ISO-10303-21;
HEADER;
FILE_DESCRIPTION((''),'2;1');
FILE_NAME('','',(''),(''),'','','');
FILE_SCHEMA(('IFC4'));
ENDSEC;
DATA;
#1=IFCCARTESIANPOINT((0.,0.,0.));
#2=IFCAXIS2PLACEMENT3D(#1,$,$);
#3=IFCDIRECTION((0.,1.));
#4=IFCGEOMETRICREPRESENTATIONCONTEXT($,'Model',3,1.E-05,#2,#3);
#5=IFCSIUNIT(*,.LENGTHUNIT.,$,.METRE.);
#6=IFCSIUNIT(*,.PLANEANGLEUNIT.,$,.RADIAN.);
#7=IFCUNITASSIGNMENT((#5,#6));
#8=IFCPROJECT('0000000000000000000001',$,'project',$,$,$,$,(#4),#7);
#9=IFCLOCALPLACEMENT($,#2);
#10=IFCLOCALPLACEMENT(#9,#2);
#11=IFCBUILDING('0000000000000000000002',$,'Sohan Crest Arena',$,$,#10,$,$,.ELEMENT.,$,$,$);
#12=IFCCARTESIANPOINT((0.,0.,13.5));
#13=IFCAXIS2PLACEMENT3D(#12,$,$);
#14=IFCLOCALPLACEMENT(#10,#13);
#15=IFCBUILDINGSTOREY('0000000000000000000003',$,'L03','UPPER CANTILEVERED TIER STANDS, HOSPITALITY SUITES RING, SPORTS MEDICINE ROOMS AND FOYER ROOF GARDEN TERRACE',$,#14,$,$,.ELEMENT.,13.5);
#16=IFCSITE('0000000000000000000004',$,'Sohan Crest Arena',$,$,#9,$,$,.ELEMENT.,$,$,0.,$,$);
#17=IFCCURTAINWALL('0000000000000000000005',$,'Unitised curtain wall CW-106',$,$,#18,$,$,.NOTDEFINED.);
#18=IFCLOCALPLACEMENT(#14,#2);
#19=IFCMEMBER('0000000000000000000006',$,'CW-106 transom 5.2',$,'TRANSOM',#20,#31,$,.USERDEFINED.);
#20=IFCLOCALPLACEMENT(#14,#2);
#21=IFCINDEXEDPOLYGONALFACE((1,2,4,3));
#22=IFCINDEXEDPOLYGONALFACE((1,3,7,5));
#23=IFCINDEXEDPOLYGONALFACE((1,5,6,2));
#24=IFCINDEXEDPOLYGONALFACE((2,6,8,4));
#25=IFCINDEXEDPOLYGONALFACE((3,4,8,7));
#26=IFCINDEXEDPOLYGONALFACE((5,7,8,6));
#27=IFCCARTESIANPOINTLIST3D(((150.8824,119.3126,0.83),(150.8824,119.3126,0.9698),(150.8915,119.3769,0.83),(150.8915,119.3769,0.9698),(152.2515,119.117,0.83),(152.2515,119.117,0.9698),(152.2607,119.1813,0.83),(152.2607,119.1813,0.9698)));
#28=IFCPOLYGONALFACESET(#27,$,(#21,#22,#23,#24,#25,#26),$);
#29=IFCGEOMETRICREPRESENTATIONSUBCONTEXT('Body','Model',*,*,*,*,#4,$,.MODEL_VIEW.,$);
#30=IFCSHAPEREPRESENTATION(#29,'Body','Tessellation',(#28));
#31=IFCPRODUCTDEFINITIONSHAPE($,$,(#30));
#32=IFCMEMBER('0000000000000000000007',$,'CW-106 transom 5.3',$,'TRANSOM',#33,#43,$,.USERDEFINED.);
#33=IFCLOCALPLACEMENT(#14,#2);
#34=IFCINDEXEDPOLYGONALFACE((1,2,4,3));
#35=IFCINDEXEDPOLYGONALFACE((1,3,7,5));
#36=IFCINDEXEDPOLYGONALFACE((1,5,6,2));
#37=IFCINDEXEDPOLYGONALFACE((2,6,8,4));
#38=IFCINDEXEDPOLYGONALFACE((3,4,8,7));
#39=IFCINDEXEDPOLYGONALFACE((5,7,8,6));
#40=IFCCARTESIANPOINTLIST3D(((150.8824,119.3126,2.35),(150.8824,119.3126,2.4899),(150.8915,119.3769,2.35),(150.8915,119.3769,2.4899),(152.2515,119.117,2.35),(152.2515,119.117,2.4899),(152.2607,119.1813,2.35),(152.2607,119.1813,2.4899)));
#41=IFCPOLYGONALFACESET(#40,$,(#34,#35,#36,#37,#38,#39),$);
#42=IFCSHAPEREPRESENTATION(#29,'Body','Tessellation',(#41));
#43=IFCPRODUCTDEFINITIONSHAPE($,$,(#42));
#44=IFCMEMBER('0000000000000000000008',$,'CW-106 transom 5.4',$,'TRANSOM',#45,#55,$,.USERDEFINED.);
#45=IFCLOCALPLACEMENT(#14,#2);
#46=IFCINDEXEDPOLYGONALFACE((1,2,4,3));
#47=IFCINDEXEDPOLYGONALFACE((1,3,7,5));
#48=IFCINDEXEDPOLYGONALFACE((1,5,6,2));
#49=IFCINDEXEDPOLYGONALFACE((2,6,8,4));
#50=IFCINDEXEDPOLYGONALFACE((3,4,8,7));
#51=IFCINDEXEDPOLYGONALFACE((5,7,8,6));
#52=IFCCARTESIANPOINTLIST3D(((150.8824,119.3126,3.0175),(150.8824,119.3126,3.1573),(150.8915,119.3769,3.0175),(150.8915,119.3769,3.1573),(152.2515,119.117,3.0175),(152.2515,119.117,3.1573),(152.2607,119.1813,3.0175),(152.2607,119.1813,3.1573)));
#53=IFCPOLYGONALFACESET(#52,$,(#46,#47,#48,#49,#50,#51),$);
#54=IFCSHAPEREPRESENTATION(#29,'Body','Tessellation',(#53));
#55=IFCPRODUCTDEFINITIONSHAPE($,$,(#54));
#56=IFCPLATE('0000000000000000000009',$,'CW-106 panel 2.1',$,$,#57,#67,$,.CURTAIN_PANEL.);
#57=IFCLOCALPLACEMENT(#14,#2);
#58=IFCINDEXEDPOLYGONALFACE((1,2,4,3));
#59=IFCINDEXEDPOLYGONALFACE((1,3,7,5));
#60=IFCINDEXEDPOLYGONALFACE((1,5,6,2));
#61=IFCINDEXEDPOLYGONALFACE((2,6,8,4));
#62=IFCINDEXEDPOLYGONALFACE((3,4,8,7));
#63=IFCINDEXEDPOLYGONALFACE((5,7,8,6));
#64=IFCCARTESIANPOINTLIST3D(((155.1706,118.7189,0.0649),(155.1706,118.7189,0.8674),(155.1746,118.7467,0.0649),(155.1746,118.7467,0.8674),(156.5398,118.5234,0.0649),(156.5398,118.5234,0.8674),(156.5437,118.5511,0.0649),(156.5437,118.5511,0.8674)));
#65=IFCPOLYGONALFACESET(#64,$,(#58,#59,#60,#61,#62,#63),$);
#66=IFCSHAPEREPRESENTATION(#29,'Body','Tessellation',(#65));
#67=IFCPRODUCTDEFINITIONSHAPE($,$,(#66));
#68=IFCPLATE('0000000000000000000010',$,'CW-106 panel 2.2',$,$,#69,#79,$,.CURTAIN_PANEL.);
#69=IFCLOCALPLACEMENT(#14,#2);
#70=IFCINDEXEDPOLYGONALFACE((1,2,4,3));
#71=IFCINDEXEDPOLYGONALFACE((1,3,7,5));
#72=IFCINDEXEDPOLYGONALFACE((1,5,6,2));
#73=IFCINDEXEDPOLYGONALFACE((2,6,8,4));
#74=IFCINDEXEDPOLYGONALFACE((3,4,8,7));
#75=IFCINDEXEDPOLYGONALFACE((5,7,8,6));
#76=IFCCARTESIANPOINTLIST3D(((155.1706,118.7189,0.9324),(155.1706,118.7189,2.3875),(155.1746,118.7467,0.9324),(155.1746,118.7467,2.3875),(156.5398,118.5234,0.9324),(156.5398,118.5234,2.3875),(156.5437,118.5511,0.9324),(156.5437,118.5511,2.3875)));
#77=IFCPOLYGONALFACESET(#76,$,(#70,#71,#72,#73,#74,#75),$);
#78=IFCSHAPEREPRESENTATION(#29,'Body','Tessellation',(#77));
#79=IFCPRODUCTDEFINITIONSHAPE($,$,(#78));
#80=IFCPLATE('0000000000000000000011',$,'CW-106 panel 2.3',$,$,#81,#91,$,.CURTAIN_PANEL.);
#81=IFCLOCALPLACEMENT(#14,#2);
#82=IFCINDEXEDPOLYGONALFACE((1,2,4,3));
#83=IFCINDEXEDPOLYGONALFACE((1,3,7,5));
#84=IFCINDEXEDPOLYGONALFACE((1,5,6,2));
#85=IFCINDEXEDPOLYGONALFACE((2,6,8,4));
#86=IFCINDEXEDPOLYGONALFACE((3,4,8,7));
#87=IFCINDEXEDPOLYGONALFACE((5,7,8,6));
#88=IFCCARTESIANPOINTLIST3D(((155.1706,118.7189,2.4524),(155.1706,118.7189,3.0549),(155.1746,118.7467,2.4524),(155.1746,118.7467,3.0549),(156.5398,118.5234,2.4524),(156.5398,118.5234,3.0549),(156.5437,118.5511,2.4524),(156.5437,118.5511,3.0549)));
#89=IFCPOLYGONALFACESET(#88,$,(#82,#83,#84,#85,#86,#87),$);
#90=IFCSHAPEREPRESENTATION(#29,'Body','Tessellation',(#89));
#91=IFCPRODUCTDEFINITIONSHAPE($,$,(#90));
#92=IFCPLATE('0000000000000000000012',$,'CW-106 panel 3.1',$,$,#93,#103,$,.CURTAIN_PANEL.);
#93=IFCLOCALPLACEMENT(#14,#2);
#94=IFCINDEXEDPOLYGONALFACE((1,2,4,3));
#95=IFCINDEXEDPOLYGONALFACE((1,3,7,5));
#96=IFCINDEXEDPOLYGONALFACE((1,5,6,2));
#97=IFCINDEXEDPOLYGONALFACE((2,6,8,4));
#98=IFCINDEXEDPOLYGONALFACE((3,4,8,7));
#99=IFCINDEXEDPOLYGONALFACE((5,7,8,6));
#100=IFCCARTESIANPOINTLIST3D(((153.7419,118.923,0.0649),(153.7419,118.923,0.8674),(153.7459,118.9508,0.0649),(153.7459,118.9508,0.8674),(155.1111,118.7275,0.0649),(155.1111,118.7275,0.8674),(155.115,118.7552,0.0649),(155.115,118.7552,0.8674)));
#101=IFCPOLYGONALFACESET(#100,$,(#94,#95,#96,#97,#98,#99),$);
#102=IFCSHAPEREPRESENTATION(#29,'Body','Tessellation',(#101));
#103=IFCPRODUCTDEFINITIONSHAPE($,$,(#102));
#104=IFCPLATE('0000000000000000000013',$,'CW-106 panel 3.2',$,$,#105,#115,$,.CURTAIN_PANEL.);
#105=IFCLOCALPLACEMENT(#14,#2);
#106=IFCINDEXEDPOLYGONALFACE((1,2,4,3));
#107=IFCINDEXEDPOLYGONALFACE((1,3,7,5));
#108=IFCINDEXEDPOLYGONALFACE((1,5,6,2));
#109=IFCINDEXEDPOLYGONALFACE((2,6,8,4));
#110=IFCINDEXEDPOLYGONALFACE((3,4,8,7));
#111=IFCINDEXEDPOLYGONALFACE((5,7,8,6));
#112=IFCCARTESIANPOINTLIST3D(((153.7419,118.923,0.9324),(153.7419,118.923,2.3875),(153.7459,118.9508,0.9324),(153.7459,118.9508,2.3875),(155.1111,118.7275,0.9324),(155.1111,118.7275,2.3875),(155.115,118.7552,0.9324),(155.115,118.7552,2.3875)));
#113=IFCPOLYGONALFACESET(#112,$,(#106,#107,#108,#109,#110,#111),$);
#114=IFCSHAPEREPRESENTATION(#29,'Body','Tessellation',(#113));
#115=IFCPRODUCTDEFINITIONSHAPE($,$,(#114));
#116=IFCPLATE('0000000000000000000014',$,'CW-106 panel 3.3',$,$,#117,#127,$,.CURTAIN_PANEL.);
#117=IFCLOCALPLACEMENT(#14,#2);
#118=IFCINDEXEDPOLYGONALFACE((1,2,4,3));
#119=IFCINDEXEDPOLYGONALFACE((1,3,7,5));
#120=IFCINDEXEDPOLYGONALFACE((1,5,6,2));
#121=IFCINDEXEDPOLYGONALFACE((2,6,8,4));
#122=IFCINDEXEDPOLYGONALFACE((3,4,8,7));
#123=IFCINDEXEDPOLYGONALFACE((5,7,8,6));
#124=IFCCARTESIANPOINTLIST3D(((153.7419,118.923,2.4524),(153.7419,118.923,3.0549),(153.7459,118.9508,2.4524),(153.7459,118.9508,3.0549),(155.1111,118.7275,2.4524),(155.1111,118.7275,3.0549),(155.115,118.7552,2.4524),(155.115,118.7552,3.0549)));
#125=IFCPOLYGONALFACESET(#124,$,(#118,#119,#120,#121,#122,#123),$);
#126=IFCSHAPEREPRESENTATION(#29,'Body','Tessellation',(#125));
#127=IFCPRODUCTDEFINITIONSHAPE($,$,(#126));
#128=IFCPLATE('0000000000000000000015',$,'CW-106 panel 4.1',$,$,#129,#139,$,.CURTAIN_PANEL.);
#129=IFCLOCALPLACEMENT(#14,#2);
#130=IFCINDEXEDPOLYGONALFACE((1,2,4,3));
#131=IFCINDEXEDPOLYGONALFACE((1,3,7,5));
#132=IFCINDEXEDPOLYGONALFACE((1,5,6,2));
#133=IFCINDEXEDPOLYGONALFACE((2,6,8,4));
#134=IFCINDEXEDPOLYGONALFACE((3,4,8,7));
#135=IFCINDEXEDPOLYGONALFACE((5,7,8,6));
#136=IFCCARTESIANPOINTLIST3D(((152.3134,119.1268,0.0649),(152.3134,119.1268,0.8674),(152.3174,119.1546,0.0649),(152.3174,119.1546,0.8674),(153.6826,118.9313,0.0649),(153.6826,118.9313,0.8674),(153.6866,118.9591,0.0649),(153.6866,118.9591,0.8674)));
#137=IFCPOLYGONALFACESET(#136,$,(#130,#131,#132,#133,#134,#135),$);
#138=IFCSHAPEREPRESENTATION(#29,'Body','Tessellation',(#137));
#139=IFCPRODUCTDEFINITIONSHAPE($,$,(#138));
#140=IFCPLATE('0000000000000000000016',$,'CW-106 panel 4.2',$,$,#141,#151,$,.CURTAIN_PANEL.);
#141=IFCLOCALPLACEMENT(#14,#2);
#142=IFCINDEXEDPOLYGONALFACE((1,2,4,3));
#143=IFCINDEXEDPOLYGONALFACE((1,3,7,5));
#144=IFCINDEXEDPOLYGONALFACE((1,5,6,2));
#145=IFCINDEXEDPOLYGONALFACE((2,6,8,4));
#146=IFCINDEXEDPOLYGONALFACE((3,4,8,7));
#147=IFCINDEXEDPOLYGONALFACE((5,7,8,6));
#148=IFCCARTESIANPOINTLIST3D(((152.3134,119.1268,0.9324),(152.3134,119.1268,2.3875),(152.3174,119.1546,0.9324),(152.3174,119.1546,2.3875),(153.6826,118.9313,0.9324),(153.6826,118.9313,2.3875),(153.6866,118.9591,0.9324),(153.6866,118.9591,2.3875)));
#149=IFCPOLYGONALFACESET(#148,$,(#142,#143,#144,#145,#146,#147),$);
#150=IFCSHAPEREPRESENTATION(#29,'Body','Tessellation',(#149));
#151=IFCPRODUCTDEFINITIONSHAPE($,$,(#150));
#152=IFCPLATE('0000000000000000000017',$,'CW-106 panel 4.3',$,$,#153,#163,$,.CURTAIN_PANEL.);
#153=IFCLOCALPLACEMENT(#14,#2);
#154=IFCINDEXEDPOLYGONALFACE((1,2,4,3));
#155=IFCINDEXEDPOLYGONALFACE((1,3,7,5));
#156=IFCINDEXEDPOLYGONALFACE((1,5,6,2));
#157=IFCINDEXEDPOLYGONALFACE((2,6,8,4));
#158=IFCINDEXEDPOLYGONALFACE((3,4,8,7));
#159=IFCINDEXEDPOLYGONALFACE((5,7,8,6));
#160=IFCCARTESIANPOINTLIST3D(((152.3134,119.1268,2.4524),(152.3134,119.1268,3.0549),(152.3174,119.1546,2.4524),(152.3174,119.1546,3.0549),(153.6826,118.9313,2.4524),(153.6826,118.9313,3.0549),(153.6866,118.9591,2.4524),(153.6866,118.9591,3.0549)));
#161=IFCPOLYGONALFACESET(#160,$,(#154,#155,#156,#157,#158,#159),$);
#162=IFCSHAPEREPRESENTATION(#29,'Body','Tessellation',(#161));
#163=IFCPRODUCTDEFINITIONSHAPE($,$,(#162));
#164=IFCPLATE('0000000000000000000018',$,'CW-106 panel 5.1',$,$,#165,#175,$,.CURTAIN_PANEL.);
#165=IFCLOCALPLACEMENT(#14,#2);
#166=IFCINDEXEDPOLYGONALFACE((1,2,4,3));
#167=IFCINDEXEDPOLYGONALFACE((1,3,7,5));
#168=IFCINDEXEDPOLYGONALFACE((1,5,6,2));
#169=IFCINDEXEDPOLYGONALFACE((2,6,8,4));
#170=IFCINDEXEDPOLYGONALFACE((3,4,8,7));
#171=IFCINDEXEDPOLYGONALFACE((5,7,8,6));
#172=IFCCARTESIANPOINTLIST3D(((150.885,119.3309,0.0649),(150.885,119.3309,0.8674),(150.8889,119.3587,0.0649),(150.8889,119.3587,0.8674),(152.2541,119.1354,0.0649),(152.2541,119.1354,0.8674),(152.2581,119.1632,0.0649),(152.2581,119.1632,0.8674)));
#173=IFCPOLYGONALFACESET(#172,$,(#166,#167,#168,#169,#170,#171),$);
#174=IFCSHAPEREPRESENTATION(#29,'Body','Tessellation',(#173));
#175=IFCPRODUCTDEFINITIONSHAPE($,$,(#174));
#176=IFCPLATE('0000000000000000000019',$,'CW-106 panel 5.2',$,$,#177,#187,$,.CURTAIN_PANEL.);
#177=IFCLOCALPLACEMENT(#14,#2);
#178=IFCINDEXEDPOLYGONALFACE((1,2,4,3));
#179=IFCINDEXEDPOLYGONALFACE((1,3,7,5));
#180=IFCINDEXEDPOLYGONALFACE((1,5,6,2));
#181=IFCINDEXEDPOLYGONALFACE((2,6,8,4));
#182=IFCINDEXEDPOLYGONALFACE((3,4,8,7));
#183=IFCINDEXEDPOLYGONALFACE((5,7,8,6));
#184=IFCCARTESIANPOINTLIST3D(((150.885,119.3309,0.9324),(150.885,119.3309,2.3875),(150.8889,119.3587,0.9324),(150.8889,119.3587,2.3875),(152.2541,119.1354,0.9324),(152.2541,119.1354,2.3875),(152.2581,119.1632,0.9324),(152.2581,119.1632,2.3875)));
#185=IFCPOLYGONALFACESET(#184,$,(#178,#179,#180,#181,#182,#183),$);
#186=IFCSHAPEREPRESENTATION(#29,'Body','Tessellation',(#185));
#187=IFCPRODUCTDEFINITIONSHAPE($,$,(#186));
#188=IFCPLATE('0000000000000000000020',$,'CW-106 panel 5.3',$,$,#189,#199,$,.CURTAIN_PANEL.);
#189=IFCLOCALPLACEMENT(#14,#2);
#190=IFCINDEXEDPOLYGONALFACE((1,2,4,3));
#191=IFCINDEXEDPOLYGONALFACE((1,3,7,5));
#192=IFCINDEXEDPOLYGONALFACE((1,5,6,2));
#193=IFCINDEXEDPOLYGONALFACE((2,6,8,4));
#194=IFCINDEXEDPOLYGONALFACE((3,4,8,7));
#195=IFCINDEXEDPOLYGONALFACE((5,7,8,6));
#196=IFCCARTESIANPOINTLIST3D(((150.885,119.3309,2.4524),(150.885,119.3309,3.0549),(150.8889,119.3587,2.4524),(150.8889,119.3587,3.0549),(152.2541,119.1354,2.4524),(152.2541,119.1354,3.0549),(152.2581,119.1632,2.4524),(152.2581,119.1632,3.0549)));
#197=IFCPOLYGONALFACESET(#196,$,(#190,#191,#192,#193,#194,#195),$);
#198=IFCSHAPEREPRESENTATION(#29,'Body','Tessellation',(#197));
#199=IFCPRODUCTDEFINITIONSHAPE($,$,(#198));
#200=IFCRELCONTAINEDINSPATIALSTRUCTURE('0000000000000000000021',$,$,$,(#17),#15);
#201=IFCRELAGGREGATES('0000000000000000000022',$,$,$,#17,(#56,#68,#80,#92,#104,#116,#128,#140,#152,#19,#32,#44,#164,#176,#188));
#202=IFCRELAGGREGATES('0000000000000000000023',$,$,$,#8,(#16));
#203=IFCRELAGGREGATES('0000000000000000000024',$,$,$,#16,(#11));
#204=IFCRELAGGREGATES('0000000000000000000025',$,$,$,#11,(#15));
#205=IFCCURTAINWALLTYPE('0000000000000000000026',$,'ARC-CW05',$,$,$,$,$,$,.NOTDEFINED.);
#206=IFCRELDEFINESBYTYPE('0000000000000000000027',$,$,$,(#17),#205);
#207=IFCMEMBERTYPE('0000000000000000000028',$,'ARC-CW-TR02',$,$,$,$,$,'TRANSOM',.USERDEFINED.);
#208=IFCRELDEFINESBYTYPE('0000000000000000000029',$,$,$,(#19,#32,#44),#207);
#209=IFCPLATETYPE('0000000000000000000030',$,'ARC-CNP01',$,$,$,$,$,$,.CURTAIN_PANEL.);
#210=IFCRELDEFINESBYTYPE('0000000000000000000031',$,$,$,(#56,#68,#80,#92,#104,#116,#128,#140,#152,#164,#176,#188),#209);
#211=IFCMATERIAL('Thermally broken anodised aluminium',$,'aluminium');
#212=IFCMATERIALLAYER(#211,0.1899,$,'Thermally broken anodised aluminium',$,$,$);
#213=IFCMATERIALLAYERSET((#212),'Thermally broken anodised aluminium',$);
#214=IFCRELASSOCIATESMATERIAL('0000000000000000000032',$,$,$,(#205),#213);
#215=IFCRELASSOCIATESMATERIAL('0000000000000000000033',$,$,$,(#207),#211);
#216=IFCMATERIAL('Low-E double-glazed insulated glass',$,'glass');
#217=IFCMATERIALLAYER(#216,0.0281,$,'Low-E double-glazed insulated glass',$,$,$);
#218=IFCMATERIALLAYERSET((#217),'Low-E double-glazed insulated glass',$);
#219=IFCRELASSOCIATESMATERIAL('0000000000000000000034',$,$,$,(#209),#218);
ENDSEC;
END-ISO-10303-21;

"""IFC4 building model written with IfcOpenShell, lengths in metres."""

from ifc_helpers import new_model, si_unit, direction, frame, origin, origin_2d, place, context, subcontext, project, spatial, rectangle, extrude, material, layer, layer_set, material_profile, profile_set, type_object, element, aggregate, save


model = new_model("IFC4")

# Units and contexts
model_context = context("Model", 3, precision=1e-05, world=origin(), true_north=direction((0.0, 1.0)))
body_context = subcontext(model_context, "Body", "Model", "MODEL_VIEW")
ifc_project = project(units=[si_unit("LENGTHUNIT", "METRE"), si_unit("PLANEANGLEUNIT", "RADIAN")], contexts=[model_context])

# Site, building, storey
site_placement = place(None, origin())
site = spatial("IfcSite", under=ifc_project, at=site_placement, Name="Sohan Crest Arena", CompositionType="ELEMENT", RefElevation=0.0)
building_placement = place(site_placement, origin())
building = spatial("IfcBuilding", under=site, at=building_placement, Name="Sohan Crest Arena", CompositionType="ELEMENT")
storey_placement = place(building_placement, frame((0.0, 0.0, 13.5)))
storey = spatial("IfcBuildingStorey", under=building, at=storey_placement, Name="L03", Description="UPPER CANTILEVERED TIER STANDS, HOSPITALITY SUITES RING, SPORTS MEDICINE ROOMS AND FOYER ROOF GARDEN TERRACE", CompositionType="ELEMENT", Elevation=13.5)

# Curtain wall, members, plates
ifc_material_1 = material(Name="Thermally broken anodised aluminium", Category="aluminium")
ifc_layer_1 = layer(ifc_material_1, 0.1899, Name="Thermally broken anodised aluminium")
ifc_layer_set_1 = layer_set([ifc_layer_1], Name="Thermally broken anodised aluminium")
curtain_wall_type = type_object("IfcCurtainWallType", Name="ARC-CW05", PredefinedType="NOTDEFINED", material=ifc_layer_set_1)
curtain_wall_placement = place(storey_placement, origin())
curtain_wall = element("IfcCurtainWall", 1, at=curtain_wall_placement, inside=storey, type_object=curtain_wall_type, Name="Unitised curtain wall CW-106", PredefinedType="NOTDEFINED")
ifc_material_profile_1 = material_profile(ifc_material_1, rectangle(XDim=0.0649, YDim=0.1399, at=origin_2d()), Name="ALU-TRAN 65x140")
ifc_profile_set_1 = profile_set([ifc_material_profile_1], Name="Thermally broken anodised aluminium")
member_type_1 = type_object("IfcMemberType", Name="ARC-CW-TR02", ElementType="TRANSOM", PredefinedType="USERDEFINED", material=ifc_profile_set_1)
member_1_placement = place(storey_placement, frame((152.2561, 119.1492, 0.8999), z_axis=(-0.989953, 0.141397, 0.0), x_axis=(-0.141397, -0.989953, 0.0)))
member_1 = element("IfcMember", 2, at=member_1_placement, type_object=member_type_1, Name="CW-106 transom 5.2", ObjectType="TRANSOM", PredefinedType="USERDEFINED", context=body_context, shape_type="SweptSolid", body=[
    extrude(rectangle(XDim=0.0649, YDim=0.1399, at=origin_2d()), origin(), (0.0, 0.0, 1.0), 1.3831),
])
member_2_placement = place(storey_placement, frame((152.2561, 119.1492, 2.4199), z_axis=(-0.989953, 0.141397, 0.0), x_axis=(-0.141397, -0.989953, 0.0)))
member_2 = element("IfcMember", 3, at=member_2_placement, type_object=member_type_1, Name="CW-106 transom 5.3", ObjectType="TRANSOM", PredefinedType="USERDEFINED", context=body_context, shape_type="SweptSolid", body=[
    extrude(rectangle(XDim=0.0649, YDim=0.1399, at=origin_2d()), origin(), (0.0, 0.0, 1.0), 1.3831),
])
member_3_placement = place(storey_placement, frame((152.2561, 119.1492, 3.0874), z_axis=(-0.989953, 0.141397, 0.0), x_axis=(-0.141397, -0.989953, 0.0)))
member_3 = element("IfcMember", 4, at=member_3_placement, type_object=member_type_1, Name="CW-106 transom 5.4", ObjectType="TRANSOM", PredefinedType="USERDEFINED", context=body_context, shape_type="SweptSolid", body=[
    extrude(rectangle(XDim=0.0649, YDim=0.1399, at=origin_2d()), origin(), (0.0, 0.0, 1.0), 1.3831),
])
ifc_material_2 = material(Name="Low-E double-glazed insulated glass", Category="glass")
ifc_layer_2 = layer(ifc_material_2, 0.0281, Name="Low-E double-glazed insulated glass")
ifc_layer_set_2 = layer_set([ifc_layer_2], Name="Low-E double-glazed insulated glass")
plate_type = type_object("IfcPlateType", Name="ARC-CNP01", PredefinedType="CURTAIN_PANEL", material=ifc_layer_set_2)
plate_1_placement = place(storey_placement, frame((155.8572, 118.635, 0.0649), z_axis=(0.0, 0.0, 1.0), x_axis=(-0.989957, 0.141366, 0.0)))
plate_1 = element("IfcPlate", 5, at=plate_1_placement, type_object=plate_type, Name="CW-106 panel 2.1", PredefinedType="CURTAIN_PANEL", context=body_context, shape_type="SweptSolid", body=[
    extrude(rectangle(XDim=1.3831, YDim=0.0281, at=origin_2d()), origin(), (0.0, 0.0, 1.0), 0.8025),
])
plate_2_placement = place(storey_placement, frame((155.8572, 118.635, 0.9324), z_axis=(0.0, 0.0, 1.0), x_axis=(-0.989957, 0.141366, 0.0)))
plate_2 = element("IfcPlate", 6, at=plate_2_placement, type_object=plate_type, Name="CW-106 panel 2.2", PredefinedType="CURTAIN_PANEL", context=body_context, shape_type="SweptSolid", body=[
    extrude(rectangle(XDim=1.3831, YDim=0.0281, at=origin_2d()), origin(), (0.0, 0.0, 1.0), 1.4551),
])
plate_3_placement = place(storey_placement, frame((155.8572, 118.635, 2.4524), z_axis=(0.0, 0.0, 1.0), x_axis=(-0.989957, 0.141366, 0.0)))
plate_3 = element("IfcPlate", 7, at=plate_3_placement, type_object=plate_type, Name="CW-106 panel 2.3", PredefinedType="CURTAIN_PANEL", context=body_context, shape_type="SweptSolid", body=[
    extrude(rectangle(XDim=1.3831, YDim=0.0281, at=origin_2d()), origin(), (0.0, 0.0, 1.0), 0.6025),
])
plate_4_placement = place(storey_placement, frame((154.4285, 118.8391, 0.0649), z_axis=(0.0, 0.0, 1.0), x_axis=(-0.989957, 0.141366, 0.0)))
plate_4 = element("IfcPlate", 8, at=plate_4_placement, type_object=plate_type, Name="CW-106 panel 3.1", PredefinedType="CURTAIN_PANEL", context=body_context, shape_type="SweptSolid", body=[
    extrude(rectangle(XDim=1.3831, YDim=0.0281, at=origin_2d()), origin(), (0.0, 0.0, 1.0), 0.8025),
])
plate_5_placement = place(storey_placement, frame((154.4285, 118.8391, 0.9324), z_axis=(0.0, 0.0, 1.0), x_axis=(-0.989957, 0.141366, 0.0)))
plate_5 = element("IfcPlate", 9, at=plate_5_placement, type_object=plate_type, Name="CW-106 panel 3.2", PredefinedType="CURTAIN_PANEL", context=body_context, shape_type="SweptSolid", body=[
    extrude(rectangle(XDim=1.3831, YDim=0.0281, at=origin_2d()), origin(), (0.0, 0.0, 1.0), 1.4551),
])
plate_6_placement = place(storey_placement, frame((154.4285, 118.8391, 2.4524), z_axis=(0.0, 0.0, 1.0), x_axis=(-0.989957, 0.141366, 0.0)))
plate_6 = element("IfcPlate", 10, at=plate_6_placement, type_object=plate_type, Name="CW-106 panel 3.3", PredefinedType="CURTAIN_PANEL", context=body_context, shape_type="SweptSolid", body=[
    extrude(rectangle(XDim=1.3831, YDim=0.0281, at=origin_2d()), origin(), (0.0, 0.0, 1.0), 0.6025),
])
plate_7_placement = place(storey_placement, frame((153.0, 119.043, 0.0649), z_axis=(0.0, 0.0, 1.0), x_axis=(-0.989957, 0.141366, 0.0)))
plate_7 = element("IfcPlate", 11, at=plate_7_placement, type_object=plate_type, Name="CW-106 panel 4.1", PredefinedType="CURTAIN_PANEL", context=body_context, shape_type="SweptSolid", body=[
    extrude(rectangle(XDim=1.3831, YDim=0.0281, at=origin_2d()), origin(), (0.0, 0.0, 1.0), 0.8025),
])
plate_8_placement = place(storey_placement, frame((153.0, 119.043, 0.9324), z_axis=(0.0, 0.0, 1.0), x_axis=(-0.989957, 0.141366, 0.0)))
plate_8 = element("IfcPlate", 12, at=plate_8_placement, type_object=plate_type, Name="CW-106 panel 4.2", PredefinedType="CURTAIN_PANEL", context=body_context, shape_type="SweptSolid", body=[
    extrude(rectangle(XDim=1.3831, YDim=0.0281, at=origin_2d()), origin(), (0.0, 0.0, 1.0), 1.4551),
])
plate_9_placement = place(storey_placement, frame((153.0, 119.043, 2.4524), z_axis=(0.0, 0.0, 1.0), x_axis=(-0.989957, 0.141366, 0.0)))
plate_9 = element("IfcPlate", 13, at=plate_9_placement, type_object=plate_type, Name="CW-106 panel 4.3", PredefinedType="CURTAIN_PANEL", context=body_context, shape_type="SweptSolid", body=[
    extrude(rectangle(XDim=1.3831, YDim=0.0281, at=origin_2d()), origin(), (0.0, 0.0, 1.0), 0.6025),
])
plate_10_placement = place(storey_placement, frame((151.5715, 119.2471, 0.0649), z_axis=(0.0, 0.0, 1.0), x_axis=(-0.989957, 0.141366, 0.0)))
plate_10 = element("IfcPlate", 14, at=plate_10_placement, type_object=plate_type, Name="CW-106 panel 5.1", PredefinedType="CURTAIN_PANEL", context=body_context, shape_type="SweptSolid", body=[
    extrude(rectangle(XDim=1.3831, YDim=0.0281, at=origin_2d()), origin(), (0.0, 0.0, 1.0), 0.8025),
])
plate_11_placement = place(storey_placement, frame((151.5715, 119.2471, 0.9324), z_axis=(0.0, 0.0, 1.0), x_axis=(-0.989957, 0.141366, 0.0)))
plate_11 = element("IfcPlate", 15, at=plate_11_placement, type_object=plate_type, Name="CW-106 panel 5.2", PredefinedType="CURTAIN_PANEL", context=body_context, shape_type="SweptSolid", body=[
    extrude(rectangle(XDim=1.3831, YDim=0.0281, at=origin_2d()), origin(), (0.0, 0.0, 1.0), 1.4551),
])
plate_12_placement = place(storey_placement, frame((151.5715, 119.2471, 2.4524), z_axis=(0.0, 0.0, 1.0), x_axis=(-0.989957, 0.141366, 0.0)))
plate_12 = element("IfcPlate", 16, at=plate_12_placement, type_object=plate_type, Name="CW-106 panel 5.3", PredefinedType="CURTAIN_PANEL", context=body_context, shape_type="SweptSolid", body=[
    extrude(rectangle(XDim=1.3831, YDim=0.0281, at=origin_2d()), origin(), (0.0, 0.0, 1.0), 0.6025),
])
aggregate(curtain_wall, [plate_1, plate_2, plate_3, plate_4, plate_5, plate_6, plate_7, plate_8, plate_9, member_1, member_2, member_3, plate_10, plate_11, plate_12])

save(model, "model.ifc")
